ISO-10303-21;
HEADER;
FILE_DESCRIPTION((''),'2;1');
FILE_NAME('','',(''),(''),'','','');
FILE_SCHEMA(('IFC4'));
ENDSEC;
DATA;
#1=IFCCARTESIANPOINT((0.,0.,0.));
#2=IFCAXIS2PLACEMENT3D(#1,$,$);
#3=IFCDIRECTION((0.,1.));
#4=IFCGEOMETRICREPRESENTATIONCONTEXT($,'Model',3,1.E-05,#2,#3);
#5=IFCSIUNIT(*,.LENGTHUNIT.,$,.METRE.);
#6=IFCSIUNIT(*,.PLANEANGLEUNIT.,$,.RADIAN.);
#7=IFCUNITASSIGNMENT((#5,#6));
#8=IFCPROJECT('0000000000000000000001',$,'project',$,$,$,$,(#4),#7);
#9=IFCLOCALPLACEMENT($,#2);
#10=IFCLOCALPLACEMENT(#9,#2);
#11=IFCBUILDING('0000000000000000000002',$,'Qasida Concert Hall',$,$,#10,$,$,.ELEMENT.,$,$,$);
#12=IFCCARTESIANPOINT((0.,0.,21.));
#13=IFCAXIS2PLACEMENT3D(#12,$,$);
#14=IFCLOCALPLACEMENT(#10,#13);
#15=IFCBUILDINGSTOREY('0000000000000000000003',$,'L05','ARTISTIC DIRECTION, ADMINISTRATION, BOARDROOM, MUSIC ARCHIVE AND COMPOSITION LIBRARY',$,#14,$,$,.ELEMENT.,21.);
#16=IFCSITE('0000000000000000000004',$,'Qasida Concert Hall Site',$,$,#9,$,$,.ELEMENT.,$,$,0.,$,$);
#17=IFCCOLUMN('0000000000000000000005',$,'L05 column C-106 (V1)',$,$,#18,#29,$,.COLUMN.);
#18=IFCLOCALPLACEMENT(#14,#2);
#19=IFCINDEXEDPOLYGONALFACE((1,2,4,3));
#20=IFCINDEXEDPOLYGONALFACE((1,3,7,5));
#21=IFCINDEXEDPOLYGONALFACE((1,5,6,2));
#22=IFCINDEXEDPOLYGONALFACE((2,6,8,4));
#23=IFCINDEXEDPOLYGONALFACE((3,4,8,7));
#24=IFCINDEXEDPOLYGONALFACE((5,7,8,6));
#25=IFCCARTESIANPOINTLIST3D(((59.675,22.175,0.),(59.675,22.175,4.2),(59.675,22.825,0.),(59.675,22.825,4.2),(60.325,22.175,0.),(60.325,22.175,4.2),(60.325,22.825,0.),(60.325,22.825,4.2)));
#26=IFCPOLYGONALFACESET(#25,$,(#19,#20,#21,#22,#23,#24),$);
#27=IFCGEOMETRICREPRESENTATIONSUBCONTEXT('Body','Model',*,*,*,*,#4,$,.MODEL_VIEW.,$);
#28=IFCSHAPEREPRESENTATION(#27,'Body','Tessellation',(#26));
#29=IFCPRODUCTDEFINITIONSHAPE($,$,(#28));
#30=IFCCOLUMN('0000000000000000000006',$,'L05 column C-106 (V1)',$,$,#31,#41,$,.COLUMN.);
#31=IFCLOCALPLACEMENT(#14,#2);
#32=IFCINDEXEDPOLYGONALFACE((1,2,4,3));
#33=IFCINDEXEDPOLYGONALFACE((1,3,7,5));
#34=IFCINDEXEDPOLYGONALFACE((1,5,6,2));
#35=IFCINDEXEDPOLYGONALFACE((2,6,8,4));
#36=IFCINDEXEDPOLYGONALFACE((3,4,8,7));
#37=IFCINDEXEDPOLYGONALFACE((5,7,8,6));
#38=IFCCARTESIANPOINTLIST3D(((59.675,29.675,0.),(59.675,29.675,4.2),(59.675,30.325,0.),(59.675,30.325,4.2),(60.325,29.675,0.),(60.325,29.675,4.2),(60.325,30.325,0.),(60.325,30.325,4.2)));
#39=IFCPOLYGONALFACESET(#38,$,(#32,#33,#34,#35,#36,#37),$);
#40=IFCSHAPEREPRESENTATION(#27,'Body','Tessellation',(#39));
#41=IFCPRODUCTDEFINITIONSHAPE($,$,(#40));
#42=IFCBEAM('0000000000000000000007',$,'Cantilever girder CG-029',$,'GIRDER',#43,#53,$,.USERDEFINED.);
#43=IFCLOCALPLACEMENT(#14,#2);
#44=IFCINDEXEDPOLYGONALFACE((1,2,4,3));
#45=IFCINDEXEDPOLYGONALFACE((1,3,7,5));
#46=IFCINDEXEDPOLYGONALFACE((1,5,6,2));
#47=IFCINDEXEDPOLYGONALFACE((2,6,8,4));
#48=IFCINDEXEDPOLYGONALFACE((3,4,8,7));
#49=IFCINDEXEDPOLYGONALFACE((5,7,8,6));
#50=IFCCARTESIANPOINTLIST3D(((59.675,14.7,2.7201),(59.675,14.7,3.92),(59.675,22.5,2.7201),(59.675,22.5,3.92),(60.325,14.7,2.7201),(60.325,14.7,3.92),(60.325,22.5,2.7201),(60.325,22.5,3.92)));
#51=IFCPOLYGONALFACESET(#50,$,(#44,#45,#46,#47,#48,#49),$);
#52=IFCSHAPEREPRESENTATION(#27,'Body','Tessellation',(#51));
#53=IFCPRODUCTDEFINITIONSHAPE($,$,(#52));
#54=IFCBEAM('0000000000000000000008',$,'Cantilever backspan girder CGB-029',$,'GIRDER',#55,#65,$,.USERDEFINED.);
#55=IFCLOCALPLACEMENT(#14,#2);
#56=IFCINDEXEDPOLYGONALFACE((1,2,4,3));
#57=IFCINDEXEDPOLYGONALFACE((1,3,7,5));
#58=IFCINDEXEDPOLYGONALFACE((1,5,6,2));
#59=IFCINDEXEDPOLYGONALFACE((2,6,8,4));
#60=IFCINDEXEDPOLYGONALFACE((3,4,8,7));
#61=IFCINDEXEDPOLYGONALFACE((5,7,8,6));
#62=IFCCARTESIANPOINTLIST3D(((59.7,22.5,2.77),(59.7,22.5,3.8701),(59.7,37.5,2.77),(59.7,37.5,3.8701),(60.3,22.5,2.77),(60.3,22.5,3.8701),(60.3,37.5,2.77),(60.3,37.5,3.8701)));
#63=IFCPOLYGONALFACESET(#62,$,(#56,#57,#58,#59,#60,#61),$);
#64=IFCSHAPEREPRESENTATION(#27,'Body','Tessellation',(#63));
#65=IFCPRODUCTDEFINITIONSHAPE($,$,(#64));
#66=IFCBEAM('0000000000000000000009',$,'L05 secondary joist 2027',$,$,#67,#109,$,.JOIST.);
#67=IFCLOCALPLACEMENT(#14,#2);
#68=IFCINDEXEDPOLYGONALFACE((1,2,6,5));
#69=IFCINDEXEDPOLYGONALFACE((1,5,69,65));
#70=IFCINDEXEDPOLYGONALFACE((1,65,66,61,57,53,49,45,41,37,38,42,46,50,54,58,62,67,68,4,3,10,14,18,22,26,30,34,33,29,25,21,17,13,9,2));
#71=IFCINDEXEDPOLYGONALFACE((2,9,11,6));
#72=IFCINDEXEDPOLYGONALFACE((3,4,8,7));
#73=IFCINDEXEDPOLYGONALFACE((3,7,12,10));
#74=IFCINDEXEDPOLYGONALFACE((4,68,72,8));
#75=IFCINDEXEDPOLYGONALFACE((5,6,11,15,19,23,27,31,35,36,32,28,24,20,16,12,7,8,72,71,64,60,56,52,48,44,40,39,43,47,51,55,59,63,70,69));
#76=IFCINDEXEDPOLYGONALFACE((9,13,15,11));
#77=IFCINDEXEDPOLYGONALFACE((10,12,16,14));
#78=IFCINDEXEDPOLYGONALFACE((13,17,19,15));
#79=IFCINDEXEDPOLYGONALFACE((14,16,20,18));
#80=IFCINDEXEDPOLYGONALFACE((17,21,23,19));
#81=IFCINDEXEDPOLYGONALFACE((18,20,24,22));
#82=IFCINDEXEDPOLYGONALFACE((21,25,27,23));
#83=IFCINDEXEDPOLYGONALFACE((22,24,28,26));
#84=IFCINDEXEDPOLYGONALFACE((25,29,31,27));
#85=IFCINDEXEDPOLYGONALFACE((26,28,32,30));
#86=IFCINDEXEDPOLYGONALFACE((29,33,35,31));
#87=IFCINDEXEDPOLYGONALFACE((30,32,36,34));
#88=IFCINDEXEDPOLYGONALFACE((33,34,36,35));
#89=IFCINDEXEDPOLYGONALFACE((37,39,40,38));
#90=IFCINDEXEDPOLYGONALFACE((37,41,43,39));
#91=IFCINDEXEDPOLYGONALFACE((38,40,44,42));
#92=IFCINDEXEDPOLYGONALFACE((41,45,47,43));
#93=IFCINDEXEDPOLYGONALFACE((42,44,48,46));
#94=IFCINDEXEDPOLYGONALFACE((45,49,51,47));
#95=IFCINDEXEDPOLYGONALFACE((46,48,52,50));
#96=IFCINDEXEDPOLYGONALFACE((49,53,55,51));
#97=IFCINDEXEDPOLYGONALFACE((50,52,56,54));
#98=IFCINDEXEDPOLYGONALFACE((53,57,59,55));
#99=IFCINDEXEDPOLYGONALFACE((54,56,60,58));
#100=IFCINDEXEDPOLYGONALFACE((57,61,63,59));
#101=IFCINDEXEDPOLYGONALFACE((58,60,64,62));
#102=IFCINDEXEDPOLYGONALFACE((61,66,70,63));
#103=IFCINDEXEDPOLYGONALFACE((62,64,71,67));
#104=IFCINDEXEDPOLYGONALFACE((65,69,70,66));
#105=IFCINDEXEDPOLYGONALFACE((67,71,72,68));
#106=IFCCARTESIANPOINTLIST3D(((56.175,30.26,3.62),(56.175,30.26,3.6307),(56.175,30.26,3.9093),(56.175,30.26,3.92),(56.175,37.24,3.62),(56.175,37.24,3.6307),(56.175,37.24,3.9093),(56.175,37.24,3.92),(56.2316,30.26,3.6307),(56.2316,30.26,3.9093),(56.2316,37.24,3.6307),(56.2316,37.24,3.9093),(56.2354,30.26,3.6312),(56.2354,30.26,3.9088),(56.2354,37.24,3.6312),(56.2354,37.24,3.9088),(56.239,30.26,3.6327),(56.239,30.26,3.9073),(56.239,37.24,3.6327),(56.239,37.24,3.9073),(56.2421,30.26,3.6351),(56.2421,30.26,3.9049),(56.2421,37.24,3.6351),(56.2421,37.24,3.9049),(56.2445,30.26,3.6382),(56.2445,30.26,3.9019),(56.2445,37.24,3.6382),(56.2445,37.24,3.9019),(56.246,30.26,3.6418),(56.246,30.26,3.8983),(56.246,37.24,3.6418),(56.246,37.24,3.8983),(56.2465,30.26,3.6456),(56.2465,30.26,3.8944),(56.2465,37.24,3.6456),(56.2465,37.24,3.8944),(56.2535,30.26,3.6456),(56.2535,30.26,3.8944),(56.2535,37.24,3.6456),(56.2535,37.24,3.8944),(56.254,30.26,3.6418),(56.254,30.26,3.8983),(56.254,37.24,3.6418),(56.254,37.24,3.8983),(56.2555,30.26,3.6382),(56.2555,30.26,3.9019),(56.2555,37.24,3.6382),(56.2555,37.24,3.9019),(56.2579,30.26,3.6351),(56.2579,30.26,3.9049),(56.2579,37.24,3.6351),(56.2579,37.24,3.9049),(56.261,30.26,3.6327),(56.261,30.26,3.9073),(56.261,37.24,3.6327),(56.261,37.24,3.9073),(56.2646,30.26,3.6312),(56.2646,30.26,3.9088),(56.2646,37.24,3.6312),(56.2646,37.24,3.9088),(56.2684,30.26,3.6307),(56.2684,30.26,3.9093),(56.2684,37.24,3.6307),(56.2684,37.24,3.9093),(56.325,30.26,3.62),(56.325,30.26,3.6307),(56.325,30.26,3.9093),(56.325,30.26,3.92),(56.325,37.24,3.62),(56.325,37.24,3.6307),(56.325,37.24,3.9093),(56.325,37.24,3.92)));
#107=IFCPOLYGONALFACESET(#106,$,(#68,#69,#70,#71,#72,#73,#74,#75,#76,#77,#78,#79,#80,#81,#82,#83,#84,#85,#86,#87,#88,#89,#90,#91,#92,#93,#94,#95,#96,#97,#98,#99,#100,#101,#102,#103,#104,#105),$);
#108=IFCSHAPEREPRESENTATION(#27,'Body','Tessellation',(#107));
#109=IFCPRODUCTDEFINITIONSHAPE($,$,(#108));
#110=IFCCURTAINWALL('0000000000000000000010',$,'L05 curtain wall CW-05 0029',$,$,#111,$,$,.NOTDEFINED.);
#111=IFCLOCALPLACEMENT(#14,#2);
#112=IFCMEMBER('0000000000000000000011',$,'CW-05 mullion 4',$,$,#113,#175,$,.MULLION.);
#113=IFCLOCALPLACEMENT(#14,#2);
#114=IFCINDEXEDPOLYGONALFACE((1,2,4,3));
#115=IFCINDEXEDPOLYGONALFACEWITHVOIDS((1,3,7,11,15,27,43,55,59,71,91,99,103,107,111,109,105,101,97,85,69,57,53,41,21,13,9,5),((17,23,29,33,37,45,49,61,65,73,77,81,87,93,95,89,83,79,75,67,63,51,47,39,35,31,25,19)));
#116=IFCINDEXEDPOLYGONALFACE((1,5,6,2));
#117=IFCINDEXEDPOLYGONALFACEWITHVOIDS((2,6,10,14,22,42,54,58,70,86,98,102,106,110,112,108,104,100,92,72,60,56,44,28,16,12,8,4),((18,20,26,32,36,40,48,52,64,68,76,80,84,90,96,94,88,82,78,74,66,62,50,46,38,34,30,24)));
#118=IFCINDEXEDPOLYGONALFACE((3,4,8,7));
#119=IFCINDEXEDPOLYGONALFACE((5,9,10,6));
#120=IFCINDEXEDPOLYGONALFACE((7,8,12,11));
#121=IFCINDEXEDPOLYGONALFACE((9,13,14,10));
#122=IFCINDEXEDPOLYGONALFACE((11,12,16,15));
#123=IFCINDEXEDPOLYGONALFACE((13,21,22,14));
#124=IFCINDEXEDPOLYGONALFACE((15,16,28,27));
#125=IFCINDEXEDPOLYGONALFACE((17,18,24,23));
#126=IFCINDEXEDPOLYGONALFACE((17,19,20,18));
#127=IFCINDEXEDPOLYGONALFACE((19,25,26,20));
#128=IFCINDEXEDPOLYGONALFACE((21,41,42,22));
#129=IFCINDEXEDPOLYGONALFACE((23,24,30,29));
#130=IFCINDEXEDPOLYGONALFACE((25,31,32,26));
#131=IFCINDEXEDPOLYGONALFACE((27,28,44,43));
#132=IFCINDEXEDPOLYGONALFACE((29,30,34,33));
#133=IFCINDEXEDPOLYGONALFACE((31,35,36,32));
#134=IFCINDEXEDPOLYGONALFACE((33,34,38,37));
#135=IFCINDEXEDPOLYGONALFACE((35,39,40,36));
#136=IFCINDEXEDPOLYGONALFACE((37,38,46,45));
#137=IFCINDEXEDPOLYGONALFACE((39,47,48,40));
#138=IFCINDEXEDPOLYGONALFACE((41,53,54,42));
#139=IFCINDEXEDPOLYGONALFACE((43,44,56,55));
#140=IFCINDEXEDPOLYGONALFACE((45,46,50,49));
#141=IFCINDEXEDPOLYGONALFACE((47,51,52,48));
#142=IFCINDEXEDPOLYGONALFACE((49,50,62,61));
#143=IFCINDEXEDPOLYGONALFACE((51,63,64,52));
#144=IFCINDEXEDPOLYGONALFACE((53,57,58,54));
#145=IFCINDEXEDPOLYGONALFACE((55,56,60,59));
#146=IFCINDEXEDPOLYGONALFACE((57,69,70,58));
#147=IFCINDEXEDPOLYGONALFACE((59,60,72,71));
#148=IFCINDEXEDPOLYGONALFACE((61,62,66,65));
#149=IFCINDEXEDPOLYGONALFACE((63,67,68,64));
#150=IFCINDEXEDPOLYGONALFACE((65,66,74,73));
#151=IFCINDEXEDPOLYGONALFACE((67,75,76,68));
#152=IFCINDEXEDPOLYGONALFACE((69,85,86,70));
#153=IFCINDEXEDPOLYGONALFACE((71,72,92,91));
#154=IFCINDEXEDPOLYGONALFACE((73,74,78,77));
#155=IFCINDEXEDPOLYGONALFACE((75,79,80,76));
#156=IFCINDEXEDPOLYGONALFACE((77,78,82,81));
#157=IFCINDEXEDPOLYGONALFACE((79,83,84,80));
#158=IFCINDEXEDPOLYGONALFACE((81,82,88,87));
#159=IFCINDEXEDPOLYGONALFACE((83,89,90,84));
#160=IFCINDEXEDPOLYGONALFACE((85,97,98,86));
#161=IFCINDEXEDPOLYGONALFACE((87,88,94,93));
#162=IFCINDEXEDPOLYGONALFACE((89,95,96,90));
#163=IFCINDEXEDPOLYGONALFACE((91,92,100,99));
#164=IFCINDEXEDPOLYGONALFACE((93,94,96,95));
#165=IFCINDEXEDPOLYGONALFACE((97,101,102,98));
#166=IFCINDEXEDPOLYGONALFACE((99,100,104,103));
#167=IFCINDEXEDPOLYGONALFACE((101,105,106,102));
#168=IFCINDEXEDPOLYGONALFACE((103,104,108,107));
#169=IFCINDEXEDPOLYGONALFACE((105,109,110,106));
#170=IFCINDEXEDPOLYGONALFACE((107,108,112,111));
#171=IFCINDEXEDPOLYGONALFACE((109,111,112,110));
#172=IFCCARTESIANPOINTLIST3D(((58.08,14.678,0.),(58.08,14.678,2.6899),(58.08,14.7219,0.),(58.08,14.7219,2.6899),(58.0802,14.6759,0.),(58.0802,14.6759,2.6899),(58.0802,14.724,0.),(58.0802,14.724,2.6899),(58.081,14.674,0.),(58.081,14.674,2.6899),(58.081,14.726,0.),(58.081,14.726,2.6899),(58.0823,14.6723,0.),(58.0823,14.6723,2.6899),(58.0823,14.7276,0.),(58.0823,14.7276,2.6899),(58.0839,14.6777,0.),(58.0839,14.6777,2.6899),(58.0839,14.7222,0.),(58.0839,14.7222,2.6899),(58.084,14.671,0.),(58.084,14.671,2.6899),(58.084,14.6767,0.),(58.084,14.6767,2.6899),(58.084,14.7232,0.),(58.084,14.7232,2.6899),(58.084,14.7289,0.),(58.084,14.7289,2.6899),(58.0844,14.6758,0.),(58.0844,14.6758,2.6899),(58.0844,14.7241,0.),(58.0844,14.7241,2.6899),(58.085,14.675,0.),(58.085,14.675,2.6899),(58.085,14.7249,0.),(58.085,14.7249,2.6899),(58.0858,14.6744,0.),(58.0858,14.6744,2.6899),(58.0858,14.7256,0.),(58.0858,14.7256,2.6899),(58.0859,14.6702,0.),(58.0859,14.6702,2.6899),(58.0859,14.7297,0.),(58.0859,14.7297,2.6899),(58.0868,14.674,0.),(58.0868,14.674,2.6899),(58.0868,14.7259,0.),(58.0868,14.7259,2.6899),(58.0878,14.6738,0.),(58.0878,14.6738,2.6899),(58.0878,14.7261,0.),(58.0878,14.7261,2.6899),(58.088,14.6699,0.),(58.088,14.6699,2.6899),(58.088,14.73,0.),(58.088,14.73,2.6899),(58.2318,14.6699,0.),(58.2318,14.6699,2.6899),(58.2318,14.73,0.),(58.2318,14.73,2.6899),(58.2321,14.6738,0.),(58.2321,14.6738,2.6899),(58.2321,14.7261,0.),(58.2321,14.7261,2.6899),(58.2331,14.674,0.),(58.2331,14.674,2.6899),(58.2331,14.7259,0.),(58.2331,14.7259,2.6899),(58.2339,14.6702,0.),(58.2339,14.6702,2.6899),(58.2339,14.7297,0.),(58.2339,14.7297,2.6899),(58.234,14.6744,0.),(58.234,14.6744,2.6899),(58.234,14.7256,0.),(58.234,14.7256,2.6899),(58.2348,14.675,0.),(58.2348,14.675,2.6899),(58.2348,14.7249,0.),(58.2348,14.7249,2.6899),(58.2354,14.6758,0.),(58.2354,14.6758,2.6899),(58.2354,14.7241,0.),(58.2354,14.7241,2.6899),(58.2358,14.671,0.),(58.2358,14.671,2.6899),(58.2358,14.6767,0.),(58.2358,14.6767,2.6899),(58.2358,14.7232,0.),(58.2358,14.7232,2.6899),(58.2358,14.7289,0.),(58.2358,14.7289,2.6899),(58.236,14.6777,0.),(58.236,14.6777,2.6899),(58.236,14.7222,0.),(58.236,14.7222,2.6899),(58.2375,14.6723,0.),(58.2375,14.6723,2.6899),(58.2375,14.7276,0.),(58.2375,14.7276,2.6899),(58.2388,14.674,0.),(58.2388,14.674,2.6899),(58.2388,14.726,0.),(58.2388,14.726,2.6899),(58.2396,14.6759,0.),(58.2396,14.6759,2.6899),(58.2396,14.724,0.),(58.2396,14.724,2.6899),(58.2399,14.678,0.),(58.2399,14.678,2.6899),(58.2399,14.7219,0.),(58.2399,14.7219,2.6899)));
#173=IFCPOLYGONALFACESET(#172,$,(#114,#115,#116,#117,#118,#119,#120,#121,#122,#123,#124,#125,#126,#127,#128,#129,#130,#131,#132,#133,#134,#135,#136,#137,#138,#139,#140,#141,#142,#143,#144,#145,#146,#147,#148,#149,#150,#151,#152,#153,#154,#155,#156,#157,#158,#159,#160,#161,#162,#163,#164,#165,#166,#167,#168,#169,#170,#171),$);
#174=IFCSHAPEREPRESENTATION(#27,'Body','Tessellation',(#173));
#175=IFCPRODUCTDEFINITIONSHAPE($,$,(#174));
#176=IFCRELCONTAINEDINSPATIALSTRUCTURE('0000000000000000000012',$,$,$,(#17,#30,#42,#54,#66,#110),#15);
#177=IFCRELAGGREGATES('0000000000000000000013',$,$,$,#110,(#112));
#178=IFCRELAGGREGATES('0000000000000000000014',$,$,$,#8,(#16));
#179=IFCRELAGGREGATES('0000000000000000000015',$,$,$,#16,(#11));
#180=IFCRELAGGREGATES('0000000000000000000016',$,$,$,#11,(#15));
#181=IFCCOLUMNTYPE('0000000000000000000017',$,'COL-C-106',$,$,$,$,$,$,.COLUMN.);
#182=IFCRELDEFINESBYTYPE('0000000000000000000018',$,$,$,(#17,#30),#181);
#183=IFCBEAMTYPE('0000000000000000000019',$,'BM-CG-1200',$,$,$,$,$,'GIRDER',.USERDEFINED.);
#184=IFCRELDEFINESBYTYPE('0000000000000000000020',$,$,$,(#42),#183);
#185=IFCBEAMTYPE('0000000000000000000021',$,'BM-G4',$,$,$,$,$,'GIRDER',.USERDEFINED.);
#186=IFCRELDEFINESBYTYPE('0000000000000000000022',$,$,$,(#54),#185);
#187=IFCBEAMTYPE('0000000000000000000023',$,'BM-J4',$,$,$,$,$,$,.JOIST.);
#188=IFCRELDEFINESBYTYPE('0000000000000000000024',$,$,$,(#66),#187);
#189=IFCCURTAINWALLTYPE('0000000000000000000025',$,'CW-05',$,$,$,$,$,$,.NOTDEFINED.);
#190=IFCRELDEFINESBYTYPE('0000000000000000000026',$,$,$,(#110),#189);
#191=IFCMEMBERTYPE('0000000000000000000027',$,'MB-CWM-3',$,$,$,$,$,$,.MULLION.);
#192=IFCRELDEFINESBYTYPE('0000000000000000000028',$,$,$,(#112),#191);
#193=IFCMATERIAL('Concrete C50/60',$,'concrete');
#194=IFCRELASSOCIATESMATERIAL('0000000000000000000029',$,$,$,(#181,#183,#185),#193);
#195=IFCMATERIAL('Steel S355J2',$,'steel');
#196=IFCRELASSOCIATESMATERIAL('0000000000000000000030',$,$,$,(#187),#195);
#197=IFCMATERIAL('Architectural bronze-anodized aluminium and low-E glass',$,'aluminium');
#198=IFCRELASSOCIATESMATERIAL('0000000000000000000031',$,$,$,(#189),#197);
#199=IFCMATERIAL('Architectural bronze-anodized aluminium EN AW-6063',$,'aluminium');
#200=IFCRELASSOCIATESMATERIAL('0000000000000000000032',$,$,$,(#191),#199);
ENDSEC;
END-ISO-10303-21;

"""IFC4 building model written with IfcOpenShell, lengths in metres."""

from ifc_helpers import new_model, si_unit, direction, frame, origin, origin_2d, place, context, subcontext, project, spatial, rectangle, hollow_rectangle, i_section, extrude, material, material_profile, profile_set, type_object, element, aggregate, save


model = new_model("IFC4")

# Units and contexts
model_context = context("Model", 3, precision=1e-05, world=origin(), true_north=direction((0.0, 1.0)))
body_context = subcontext(model_context, "Body", "Model", "MODEL_VIEW")
ifc_project = project(units=[si_unit("LENGTHUNIT", "METRE"), si_unit("PLANEANGLEUNIT", "RADIAN")], contexts=[model_context])

# Site, building, storey
site_placement = place(None, origin())
site = spatial("IfcSite", under=ifc_project, at=site_placement, Name="Qasida Concert Hall Site", CompositionType="ELEMENT", RefElevation=0.0)
building_placement = place(site_placement, origin())
building = spatial("IfcBuilding", under=site, at=building_placement, Name="Qasida Concert Hall", CompositionType="ELEMENT")
storey_placement = place(building_placement, frame((0.0, 0.0, 21.0)))
storey = spatial("IfcBuildingStorey", under=building, at=storey_placement, Name="L05", Description="ARTISTIC DIRECTION, ADMINISTRATION, BOARDROOM, MUSIC ARCHIVE AND COMPOSITION LIBRARY", CompositionType="ELEMENT", Elevation=21.0)

# Columns
ifc_material_1 = material(Name="Concrete C50/60", Category="concrete")
ifc_material_profile_1 = material_profile(ifc_material_1, rectangle(XDim=0.6499, YDim=0.6499, at=origin_2d()), Name="RC 650x650")
ifc_profile_set_1 = profile_set([ifc_material_profile_1], Name="Concrete C50/60")
column_type = type_object("IfcColumnType", Name="COL-C-106", PredefinedType="COLUMN", material=ifc_profile_set_1)
for number, where, z_axis, x_axis, name in (
    (1, (60.0, 22.5, 0.0), (0.0, 0.0, 1.0), (1.0, 0.0, 0.0), "L05 column C-106 (V1)"),
    (2, (60.0, 30.0, 0.0), (0.0, 0.0, 1.0), (1.0, 0.0, 0.0), "L05 column C-106 (V1)"),
):
    element("IfcColumn", number, at=place(storey_placement, frame(where, z_axis=z_axis, x_axis=x_axis)), inside=storey, type_object=column_type, Name=name, PredefinedType="COLUMN", context=body_context, shape_type="SweptSolid", body=[
        extrude(rectangle(XDim=0.6499, YDim=0.6499, at=origin_2d()), origin(), (0.0, 0.0, 1.0), 4.2),
    ])

# Beams
ifc_material_profile_2 = material_profile(ifc_material_1, rectangle(XDim=0.6499, YDim=1.2, at=origin_2d()), Name="RC 650x1200")
ifc_profile_set_2 = profile_set([ifc_material_profile_2], Name="Concrete C50/60")
beam_type_1 = type_object("IfcBeamType", Name="BM-CG-1200", ElementType="GIRDER", PredefinedType="USERDEFINED", material=ifc_profile_set_2)
beam_1_placement = place(storey_placement, frame((60.0, 22.5, 3.3201), z_axis=(0.0, -1.0, 0.0), x_axis=(1.0, 0.0, 0.0)))
element("IfcBeam", 3, at=beam_1_placement, inside=storey, type_object=beam_type_1, Name="Cantilever girder CG-029", ObjectType="GIRDER", PredefinedType="USERDEFINED", context=body_context, shape_type="SweptSolid", body=[
    extrude(rectangle(XDim=0.6499, YDim=1.2, at=origin_2d()), origin(), (0.0, 0.0, 1.0), 7.8),
])
ifc_material_profile_3 = material_profile(ifc_material_1, rectangle(XDim=0.6001, YDim=1.1001, at=origin_2d()), Name="RC 600x1100")
ifc_profile_set_3 = profile_set([ifc_material_profile_3], Name="Concrete C50/60")
beam_type_2 = type_object("IfcBeamType", Name="BM-G4", ElementType="GIRDER", PredefinedType="USERDEFINED", material=ifc_profile_set_3)
beam_2_placement = place(storey_placement, frame((60.0, 22.5, 3.3201), z_axis=(0.0, 1.0, 0.0), x_axis=(-1.0, 0.0, 0.0)))
element("IfcBeam", 4, at=beam_2_placement, inside=storey, type_object=beam_type_2, Name="Cantilever backspan girder CGB-029", ObjectType="GIRDER", PredefinedType="USERDEFINED", context=body_context, shape_type="SweptSolid", body=[
    extrude(rectangle(XDim=0.6001, YDim=1.1001, at=origin_2d()), origin(), (0.0, 0.0, 1.0), 15.0),
])
ifc_material_2 = material(Name="Steel S355J2", Category="steel")
ifc_material_profile_4 = material_profile(ifc_material_2, i_section(OverallWidth=0.1499, OverallDepth=0.3, WebThickness=0.0071, FlangeThickness=0.0107, FilletRadius=0.0149, at=origin_2d()), Name="IPE 300")
ifc_profile_set_4 = profile_set([ifc_material_profile_4], Name="Steel S355J2")
beam_type_3 = type_object("IfcBeamType", Name="BM-J4", PredefinedType="JOIST", material=ifc_profile_set_4)
beam_3_placement = place(storey_placement, frame((56.25, 30.26, 3.77), z_axis=(0.0, 1.0, 0.0), x_axis=(-1.0, 0.0, 0.0)))
element("IfcBeam", 5, at=beam_3_placement, inside=storey, type_object=beam_type_3, Name="L05 secondary joist 2027", PredefinedType="JOIST", context=body_context, shape_type="SweptSolid", body=[
    extrude(i_section(OverallWidth=0.1499, OverallDepth=0.3, WebThickness=0.0071, FlangeThickness=0.0107, FilletRadius=0.0149, at=origin_2d()), origin(), (0.0, 0.0, 1.0), 6.98),
])

# Curtain wall, member
ifc_material_3 = material(Name="Architectural bronze-anodized aluminium and low-E glass", Category="aluminium")
curtain_wall_type = type_object("IfcCurtainWallType", Name="CW-05", PredefinedType="NOTDEFINED", material=ifc_material_3)
curtain_wall_1_placement = place(storey_placement, origin())
curtain_wall_1 = element("IfcCurtainWall", 6, at=curtain_wall_1_placement, inside=storey, type_object=curtain_wall_type, Name="L05 curtain wall CW-05 0029", PredefinedType="NOTDEFINED")
ifc_material_4 = material(Name="Architectural bronze-anodized aluminium EN AW-6063", Category="aluminium")
ifc_material_profile_5 = material_profile(ifc_material_4, hollow_rectangle(XDim=0.0601, YDim=0.1599, WallThickness=0.0039, InnerFilletRadius=0.0039, OuterFilletRadius=0.0081, at=origin_2d()), Name="CWM 160x60x4")
ifc_profile_set_5 = profile_set([ifc_material_profile_5], Name="Architectural bronze-anodized aluminium EN AW-6063")
member_type_1 = type_object("IfcMemberType", Name="MB-CWM-3", PredefinedType="MULLION", material=ifc_profile_set_5)
member_1_placement = place(storey_placement, frame((58.1599, 14.7, 0.0), z_axis=(0.0, 0.0, 1.0), x_axis=(0.0, 1.0, 0.0)))
member_1 = element("IfcMember", 7, at=member_1_placement, type_object=member_type_1, Name="CW-05 mullion 4", PredefinedType="MULLION", context=body_context, shape_type="SweptSolid", body=[
    extrude(hollow_rectangle(XDim=0.0601, YDim=0.1599, WallThickness=0.0039, InnerFilletRadius=0.0039, OuterFilletRadius=0.0081, at=origin_2d()), origin(), (0.0, 0.0, 1.0), 2.6899),
])

aggregate(curtain_wall_1, [member_1])

save(model, "model.ifc")
